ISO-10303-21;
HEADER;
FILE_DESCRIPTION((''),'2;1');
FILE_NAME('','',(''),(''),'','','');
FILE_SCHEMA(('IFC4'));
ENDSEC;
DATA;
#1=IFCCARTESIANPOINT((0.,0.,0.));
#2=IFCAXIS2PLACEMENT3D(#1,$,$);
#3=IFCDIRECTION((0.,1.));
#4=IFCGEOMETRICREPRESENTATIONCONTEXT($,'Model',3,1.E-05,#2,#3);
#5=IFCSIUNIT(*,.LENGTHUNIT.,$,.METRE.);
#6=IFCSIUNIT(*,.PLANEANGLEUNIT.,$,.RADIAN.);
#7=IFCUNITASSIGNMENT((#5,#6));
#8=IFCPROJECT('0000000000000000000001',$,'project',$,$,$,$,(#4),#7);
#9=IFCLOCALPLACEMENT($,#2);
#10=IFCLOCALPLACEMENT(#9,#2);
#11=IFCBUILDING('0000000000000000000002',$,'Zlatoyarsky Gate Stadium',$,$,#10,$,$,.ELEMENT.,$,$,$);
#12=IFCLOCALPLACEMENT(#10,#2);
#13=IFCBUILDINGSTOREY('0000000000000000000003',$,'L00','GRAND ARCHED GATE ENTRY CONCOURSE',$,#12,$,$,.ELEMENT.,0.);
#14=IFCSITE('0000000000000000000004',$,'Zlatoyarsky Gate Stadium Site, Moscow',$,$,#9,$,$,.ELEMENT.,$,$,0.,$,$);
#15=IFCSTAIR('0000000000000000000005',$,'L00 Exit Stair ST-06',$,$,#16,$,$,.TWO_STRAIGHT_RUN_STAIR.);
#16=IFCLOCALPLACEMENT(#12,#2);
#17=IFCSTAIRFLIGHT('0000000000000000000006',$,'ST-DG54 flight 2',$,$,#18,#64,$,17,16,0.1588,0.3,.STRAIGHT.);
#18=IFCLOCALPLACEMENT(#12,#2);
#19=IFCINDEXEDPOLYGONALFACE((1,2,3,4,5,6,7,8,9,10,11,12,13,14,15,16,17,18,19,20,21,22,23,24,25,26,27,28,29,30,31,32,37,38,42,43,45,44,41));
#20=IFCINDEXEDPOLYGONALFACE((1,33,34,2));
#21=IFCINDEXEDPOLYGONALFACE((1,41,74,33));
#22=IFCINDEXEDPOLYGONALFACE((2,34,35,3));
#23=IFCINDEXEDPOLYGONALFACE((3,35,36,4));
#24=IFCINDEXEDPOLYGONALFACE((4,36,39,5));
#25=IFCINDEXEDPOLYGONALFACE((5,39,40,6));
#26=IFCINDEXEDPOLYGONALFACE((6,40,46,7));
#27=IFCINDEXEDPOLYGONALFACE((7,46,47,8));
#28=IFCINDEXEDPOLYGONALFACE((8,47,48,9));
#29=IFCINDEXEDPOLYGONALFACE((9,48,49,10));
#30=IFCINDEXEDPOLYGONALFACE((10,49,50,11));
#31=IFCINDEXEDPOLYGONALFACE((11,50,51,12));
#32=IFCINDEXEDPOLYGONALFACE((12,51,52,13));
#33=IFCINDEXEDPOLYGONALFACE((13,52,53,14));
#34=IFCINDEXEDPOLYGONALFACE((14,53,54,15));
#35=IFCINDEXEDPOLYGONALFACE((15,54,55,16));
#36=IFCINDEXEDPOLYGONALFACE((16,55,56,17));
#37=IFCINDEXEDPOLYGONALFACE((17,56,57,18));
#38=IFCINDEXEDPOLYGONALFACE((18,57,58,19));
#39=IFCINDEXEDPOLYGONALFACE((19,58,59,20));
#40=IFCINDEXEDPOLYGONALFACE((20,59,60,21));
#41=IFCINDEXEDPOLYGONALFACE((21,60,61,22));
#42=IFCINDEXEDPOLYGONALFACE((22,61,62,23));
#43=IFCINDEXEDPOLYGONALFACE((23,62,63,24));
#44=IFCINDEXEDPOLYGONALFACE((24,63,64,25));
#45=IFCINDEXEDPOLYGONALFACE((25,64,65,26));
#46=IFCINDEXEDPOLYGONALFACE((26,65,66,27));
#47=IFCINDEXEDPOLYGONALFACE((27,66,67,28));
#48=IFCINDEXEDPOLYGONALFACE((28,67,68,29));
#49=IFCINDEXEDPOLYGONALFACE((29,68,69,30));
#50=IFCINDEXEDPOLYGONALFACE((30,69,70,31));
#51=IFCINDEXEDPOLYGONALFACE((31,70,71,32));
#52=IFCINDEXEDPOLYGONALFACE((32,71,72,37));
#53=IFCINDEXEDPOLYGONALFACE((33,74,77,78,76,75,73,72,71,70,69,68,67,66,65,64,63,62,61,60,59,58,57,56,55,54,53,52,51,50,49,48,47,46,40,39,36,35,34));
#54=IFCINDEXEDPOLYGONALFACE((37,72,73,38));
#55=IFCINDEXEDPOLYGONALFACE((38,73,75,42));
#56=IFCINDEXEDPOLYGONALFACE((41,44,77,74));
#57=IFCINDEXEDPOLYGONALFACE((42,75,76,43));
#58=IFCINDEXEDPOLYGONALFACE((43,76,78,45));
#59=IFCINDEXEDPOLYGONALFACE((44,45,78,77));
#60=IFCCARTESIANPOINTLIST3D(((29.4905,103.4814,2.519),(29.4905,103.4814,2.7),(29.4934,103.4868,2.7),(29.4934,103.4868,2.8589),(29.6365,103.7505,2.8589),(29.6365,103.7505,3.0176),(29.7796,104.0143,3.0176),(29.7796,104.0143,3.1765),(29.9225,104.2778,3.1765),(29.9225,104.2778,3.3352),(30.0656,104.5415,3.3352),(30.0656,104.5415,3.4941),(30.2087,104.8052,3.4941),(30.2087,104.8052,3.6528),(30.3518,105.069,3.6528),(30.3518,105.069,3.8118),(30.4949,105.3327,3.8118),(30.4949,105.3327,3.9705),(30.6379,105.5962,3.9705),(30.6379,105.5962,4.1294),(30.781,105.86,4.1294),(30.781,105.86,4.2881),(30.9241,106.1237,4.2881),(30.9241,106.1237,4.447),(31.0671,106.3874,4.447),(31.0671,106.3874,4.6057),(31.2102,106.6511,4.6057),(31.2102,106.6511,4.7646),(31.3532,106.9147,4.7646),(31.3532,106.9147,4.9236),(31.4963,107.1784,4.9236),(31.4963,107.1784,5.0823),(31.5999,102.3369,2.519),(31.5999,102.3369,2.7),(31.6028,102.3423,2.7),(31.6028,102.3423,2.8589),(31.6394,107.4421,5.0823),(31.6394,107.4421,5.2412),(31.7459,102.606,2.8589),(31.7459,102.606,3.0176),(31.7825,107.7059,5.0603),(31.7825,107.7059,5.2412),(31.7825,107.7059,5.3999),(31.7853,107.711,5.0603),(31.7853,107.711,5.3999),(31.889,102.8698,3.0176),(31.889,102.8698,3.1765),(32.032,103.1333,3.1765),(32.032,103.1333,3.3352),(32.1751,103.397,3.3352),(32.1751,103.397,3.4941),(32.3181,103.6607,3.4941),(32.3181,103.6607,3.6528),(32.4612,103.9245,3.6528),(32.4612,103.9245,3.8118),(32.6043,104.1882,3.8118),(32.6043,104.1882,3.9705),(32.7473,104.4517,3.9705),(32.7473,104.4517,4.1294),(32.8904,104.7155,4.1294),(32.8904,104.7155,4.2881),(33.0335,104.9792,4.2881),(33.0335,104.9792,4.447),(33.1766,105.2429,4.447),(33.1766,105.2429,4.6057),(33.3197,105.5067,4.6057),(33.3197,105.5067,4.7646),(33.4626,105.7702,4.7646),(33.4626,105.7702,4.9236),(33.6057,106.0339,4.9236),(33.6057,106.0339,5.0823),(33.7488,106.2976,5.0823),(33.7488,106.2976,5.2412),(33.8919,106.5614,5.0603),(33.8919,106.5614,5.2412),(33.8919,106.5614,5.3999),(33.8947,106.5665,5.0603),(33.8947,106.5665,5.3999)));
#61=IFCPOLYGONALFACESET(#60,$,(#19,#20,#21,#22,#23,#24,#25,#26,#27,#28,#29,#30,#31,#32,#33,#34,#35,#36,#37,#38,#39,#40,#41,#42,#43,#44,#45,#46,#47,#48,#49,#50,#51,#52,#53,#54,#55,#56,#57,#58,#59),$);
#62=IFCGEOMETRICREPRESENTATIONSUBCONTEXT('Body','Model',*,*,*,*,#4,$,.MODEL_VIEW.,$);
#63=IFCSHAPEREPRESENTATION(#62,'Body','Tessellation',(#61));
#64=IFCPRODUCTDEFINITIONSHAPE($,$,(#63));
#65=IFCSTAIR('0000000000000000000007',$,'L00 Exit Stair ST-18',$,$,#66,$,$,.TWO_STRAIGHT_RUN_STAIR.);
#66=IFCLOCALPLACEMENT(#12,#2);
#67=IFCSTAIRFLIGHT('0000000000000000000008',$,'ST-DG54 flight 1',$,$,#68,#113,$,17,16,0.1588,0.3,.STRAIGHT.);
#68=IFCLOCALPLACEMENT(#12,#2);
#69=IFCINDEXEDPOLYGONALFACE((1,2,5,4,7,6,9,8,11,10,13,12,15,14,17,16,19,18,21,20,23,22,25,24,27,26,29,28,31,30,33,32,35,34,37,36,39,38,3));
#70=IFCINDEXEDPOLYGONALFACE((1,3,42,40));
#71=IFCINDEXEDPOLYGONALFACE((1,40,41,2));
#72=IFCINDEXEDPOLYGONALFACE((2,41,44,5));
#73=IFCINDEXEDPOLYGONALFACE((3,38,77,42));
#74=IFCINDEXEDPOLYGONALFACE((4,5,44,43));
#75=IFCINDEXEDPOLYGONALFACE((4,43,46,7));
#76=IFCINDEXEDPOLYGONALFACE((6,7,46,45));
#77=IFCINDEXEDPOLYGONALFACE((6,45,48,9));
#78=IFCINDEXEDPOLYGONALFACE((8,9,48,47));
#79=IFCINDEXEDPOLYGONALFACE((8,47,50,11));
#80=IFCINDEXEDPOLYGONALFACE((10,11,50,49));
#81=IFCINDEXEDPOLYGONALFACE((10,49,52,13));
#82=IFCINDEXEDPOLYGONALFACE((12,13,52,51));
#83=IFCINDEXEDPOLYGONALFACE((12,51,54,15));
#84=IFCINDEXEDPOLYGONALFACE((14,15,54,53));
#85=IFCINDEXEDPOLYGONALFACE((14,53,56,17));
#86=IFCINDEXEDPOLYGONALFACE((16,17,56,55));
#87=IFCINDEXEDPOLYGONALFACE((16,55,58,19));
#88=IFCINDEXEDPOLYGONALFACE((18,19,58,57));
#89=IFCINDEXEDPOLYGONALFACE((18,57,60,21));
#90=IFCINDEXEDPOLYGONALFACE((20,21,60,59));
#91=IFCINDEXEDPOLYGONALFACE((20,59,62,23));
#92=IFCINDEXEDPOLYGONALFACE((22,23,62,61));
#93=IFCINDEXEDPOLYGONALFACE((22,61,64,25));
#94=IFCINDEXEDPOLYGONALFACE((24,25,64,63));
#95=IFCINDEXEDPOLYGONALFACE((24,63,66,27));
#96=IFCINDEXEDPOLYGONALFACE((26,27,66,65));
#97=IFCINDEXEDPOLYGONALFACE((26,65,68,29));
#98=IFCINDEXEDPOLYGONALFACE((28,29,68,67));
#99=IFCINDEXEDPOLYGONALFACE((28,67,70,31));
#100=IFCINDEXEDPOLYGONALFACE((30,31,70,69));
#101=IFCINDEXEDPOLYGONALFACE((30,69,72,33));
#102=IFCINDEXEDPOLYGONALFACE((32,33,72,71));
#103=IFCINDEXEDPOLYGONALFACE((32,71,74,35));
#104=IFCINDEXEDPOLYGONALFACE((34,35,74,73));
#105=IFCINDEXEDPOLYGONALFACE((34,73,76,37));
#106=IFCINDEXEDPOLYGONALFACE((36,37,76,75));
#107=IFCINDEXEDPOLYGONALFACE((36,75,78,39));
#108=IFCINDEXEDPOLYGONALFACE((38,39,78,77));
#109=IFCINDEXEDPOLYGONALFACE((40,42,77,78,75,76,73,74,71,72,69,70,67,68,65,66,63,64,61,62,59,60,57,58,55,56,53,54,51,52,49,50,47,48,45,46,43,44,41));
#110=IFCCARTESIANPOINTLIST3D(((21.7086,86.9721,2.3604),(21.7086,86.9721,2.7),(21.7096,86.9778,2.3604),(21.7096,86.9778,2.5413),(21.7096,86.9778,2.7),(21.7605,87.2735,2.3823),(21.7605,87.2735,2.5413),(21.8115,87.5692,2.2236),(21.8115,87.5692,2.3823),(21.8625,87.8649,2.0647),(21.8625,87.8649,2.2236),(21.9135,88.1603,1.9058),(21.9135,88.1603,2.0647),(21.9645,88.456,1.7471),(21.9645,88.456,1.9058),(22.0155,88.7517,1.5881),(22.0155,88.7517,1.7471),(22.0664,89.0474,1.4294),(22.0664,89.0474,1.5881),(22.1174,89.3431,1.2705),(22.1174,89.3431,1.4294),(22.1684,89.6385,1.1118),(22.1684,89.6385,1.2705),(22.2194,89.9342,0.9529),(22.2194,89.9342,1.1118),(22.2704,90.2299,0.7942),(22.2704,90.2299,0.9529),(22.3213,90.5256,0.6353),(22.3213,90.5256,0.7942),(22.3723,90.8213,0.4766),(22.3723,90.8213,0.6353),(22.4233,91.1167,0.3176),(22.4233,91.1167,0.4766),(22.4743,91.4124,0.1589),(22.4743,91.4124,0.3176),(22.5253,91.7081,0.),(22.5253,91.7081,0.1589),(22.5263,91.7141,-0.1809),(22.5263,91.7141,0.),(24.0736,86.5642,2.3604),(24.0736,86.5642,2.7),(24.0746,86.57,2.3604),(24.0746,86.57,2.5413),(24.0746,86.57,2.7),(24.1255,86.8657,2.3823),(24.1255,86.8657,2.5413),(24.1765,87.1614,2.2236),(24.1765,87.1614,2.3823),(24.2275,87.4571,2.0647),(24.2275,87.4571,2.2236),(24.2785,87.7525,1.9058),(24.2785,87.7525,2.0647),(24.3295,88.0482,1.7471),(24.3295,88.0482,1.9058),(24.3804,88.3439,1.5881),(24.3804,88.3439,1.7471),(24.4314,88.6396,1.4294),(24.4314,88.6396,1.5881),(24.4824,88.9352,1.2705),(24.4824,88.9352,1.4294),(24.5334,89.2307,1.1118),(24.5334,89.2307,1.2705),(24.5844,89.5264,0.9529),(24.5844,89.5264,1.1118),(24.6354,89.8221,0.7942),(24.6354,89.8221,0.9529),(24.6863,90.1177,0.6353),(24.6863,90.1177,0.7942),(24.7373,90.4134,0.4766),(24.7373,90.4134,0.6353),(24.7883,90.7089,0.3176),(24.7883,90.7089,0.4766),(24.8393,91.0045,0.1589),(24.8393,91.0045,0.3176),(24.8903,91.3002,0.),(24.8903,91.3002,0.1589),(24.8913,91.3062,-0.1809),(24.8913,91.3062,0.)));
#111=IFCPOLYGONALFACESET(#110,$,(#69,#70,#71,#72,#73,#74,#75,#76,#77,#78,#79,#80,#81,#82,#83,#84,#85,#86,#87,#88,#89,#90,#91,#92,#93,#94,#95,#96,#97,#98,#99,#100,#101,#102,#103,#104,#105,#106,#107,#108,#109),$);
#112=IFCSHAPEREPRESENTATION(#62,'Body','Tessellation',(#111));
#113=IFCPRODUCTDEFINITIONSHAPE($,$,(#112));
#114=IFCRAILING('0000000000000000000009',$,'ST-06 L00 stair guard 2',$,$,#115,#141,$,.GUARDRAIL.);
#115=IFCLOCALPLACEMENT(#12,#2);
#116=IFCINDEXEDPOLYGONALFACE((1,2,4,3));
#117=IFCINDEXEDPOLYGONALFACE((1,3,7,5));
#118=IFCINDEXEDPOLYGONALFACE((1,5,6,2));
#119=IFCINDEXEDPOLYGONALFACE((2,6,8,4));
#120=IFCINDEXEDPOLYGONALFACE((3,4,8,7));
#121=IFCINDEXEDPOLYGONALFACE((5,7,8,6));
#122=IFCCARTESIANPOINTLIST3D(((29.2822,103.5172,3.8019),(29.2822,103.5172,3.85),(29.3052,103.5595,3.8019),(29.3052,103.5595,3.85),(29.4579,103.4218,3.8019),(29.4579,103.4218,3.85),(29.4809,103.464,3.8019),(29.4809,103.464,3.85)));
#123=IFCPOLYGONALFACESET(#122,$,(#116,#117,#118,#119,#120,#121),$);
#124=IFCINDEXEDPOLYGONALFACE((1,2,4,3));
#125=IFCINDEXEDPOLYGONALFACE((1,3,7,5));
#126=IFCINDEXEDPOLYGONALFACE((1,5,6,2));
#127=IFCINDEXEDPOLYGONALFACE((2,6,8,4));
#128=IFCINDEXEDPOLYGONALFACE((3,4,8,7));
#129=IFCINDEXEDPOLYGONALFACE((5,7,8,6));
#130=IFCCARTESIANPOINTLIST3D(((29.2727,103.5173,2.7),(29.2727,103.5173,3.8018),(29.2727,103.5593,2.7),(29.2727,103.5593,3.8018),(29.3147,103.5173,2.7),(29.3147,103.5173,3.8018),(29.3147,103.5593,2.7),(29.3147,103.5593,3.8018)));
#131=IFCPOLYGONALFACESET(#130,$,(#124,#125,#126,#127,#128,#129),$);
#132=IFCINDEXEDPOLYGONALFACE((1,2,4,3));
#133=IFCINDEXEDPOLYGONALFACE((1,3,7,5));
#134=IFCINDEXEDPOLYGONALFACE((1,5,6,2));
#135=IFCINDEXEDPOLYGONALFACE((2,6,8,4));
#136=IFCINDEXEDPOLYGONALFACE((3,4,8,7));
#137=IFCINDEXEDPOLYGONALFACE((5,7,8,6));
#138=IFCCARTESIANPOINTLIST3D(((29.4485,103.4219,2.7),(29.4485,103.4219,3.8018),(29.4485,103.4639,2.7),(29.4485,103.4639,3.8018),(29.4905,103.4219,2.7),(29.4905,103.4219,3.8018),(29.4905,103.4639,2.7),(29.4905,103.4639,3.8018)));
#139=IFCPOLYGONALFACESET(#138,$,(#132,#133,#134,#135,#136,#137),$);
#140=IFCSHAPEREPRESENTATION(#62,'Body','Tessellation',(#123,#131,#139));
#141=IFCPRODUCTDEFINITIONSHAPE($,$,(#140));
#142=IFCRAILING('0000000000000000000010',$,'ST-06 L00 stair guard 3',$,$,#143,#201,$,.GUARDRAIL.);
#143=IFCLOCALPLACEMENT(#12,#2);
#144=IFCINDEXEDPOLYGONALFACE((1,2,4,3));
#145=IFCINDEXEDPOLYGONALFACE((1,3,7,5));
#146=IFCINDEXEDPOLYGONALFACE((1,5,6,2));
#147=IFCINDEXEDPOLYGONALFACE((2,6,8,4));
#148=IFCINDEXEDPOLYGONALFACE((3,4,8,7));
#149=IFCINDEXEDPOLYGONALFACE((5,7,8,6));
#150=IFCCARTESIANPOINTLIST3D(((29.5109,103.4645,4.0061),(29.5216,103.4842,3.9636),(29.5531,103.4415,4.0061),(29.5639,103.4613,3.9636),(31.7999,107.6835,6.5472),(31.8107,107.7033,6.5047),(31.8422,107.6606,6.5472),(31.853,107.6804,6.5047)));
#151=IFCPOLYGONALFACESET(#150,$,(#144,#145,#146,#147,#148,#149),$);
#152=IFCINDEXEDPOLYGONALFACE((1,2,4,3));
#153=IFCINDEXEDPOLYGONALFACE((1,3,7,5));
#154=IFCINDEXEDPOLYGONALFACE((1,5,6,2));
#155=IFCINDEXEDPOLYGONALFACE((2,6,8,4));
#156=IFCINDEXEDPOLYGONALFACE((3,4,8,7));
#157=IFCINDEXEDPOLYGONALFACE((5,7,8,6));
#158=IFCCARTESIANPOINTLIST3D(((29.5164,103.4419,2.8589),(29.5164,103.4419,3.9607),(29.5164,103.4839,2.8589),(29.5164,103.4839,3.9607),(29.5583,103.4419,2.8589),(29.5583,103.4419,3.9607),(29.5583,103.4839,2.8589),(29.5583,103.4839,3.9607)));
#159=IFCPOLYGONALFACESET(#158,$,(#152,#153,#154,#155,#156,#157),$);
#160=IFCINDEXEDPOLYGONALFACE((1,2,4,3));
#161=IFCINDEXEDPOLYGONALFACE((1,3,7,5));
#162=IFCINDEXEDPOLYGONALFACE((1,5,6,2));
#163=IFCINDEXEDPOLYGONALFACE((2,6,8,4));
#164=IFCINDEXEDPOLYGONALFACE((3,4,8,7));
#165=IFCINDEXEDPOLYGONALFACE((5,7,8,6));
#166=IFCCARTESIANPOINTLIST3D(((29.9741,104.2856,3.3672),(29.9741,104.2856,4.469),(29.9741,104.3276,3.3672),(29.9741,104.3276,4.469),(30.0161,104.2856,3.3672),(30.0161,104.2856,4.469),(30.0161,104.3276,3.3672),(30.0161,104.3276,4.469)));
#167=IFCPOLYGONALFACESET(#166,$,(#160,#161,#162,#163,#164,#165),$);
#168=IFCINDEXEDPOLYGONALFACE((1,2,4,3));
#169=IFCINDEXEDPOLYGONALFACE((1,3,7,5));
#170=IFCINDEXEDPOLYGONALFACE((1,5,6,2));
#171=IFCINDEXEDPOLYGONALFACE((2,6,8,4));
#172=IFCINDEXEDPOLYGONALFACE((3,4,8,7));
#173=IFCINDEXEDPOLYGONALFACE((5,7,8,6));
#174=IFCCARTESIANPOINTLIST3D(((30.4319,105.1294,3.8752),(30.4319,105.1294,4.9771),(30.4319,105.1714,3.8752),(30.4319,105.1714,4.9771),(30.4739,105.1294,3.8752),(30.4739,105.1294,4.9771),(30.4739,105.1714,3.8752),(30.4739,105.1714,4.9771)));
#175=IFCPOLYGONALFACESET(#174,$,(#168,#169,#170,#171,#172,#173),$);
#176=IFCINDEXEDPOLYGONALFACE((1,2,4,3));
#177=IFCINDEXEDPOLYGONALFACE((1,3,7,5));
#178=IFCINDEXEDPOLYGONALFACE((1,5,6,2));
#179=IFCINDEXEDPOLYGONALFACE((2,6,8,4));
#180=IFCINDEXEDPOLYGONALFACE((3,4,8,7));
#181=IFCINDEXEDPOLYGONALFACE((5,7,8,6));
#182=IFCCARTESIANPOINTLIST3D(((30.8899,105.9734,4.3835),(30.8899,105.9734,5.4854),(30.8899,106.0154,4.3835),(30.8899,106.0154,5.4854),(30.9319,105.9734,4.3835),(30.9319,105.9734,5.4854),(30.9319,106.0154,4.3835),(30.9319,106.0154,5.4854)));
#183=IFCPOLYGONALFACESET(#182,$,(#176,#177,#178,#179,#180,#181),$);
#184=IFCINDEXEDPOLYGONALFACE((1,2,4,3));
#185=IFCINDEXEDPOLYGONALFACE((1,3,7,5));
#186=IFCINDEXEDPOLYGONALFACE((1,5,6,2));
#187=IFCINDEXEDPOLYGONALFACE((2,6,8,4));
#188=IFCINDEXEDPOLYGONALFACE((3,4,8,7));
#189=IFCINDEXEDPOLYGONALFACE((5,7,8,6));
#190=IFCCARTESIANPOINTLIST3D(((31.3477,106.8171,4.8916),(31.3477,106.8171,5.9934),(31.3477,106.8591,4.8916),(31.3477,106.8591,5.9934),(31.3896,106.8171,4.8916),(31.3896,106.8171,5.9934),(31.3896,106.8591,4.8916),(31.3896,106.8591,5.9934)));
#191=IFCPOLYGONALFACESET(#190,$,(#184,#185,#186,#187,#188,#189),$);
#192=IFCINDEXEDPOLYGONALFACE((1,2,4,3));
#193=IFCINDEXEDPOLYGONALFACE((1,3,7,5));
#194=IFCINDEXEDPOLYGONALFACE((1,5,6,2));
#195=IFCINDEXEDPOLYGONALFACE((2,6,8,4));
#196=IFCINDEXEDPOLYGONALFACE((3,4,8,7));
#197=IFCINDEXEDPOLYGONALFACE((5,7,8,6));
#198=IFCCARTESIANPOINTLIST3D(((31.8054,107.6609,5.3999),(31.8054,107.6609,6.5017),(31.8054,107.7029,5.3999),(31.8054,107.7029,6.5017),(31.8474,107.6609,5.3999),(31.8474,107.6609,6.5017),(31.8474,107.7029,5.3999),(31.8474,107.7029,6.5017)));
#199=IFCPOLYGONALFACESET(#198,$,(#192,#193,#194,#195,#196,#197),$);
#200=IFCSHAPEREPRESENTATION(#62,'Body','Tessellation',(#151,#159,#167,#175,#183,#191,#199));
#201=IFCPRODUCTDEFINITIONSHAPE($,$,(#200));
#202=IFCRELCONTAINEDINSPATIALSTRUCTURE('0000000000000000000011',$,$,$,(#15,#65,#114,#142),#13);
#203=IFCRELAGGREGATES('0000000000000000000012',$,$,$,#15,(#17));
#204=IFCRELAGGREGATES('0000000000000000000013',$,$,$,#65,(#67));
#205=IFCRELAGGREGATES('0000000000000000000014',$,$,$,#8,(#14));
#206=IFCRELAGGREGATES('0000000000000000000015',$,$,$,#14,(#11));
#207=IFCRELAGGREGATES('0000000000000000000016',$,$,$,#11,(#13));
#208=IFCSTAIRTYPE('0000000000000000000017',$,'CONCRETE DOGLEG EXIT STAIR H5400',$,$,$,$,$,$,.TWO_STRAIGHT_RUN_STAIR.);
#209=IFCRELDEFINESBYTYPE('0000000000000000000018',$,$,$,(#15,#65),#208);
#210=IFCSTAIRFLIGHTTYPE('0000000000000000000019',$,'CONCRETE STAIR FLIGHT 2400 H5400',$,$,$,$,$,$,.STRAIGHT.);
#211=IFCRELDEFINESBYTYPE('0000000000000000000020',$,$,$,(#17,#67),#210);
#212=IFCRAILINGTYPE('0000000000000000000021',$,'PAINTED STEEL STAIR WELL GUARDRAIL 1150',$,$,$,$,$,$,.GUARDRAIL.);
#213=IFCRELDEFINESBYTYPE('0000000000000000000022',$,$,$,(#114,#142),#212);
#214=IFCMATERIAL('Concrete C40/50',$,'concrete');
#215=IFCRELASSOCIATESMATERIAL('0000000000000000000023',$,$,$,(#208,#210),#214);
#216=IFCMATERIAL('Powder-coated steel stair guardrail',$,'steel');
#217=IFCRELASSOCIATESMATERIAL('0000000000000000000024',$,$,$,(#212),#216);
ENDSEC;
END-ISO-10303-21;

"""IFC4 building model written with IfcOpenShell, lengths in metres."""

from ifc_helpers import new_model, si_unit, direction, frame, origin, origin_2d, place, context, subcontext, project, spatial, polyline, rectangle, outline, extrude, material, type_object, element, aggregate, save


model = new_model("IFC4")

# Units and contexts
model_context = context("Model", 3, precision=1e-05, world=origin(), true_north=direction((0.0, 1.0)))
body_context = subcontext(model_context, "Body", "Model", "MODEL_VIEW")
ifc_project = project(units=[si_unit("LENGTHUNIT", "METRE"), si_unit("PLANEANGLEUNIT", "RADIAN")], contexts=[model_context])

# Site, building, storey
site_placement = place(None, origin())
site = spatial("IfcSite", under=ifc_project, at=site_placement, Name="Zlatoyarsky Gate Stadium Site, Moscow", CompositionType="ELEMENT", RefElevation=0.0)
building_placement = place(site_placement, origin())
building = spatial("IfcBuilding", under=site, at=building_placement, Name="Zlatoyarsky Gate Stadium", CompositionType="ELEMENT")
storey_placement = place(building_placement, origin())
storey = spatial("IfcBuildingStorey", under=building, at=storey_placement, Name="L00", Description="GRAND ARCHED GATE ENTRY CONCOURSE", CompositionType="ELEMENT", Elevation=0.0)

# Shared definitions
ifc_material_1 = material(Name="Concrete C40/50", Category="concrete")

# Stairs, stair flights
stair_type = type_object("IfcStairType", Name="CONCRETE DOGLEG EXIT STAIR H5400", PredefinedType="TWO_STRAIGHT_RUN_STAIR", material=ifc_material_1)
stair_1_placement = place(storey_placement, origin())
stair_1 = element("IfcStair", 1, at=stair_1_placement, inside=storey, type_object=stair_type, Name="L00 Exit Stair ST-06", PredefinedType="TWO_STRAIGHT_RUN_STAIR")
stair_flight_type = type_object("IfcStairFlightType", Name="CONCRETE STAIR FLIGHT 2400 H5400", PredefinedType="STRAIGHT", material=ifc_material_1)
stair_flight_1_placement = place(storey_placement, frame((30.5481, 102.9146, 2.7), z_axis=(0.0, 0.0, 1.0), x_axis=(0.47689, 0.878963, 0.0)))
stair_flight_1 = element("IfcStairFlight", 2, at=stair_flight_1_placement, type_object=stair_flight_type, Name="ST-DG54 flight 2", NumberOfRisers=17, NumberOfTreads=16, PredefinedType="STRAIGHT", RiserHeight=0.1588, TreadLength=0.3, context=body_context, shape_type="SweptSolid", body=[
    extrude(outline(polyline([(-0.0061, -0.1809), (-0.0061, 0.0), (0.0, 0.0), (0.0, 0.1589), (0.3, 0.1589), (0.3, 0.3176), (0.6001, 0.3176), (0.6001, 0.4766), (0.8999, 0.4766), (0.8999, 0.6353), (1.2, 0.6353), (1.2, 0.7942), (1.5, 0.7942), (1.5, 0.9529), (1.8, 0.9529), (1.8, 1.1118), (2.1001, 1.1118), (2.1001, 1.2705), (2.3999, 1.2705), (2.3999, 1.4294), (2.7, 1.4294), (2.7, 1.5881), (3.0, 1.5881), (3.0, 1.7471), (3.3, 1.7471), (3.3, 1.9058), (3.6001, 1.9058), (3.6001, 2.0647), (3.8999, 2.0647), (3.8999, 2.2236), (4.2, 2.2236), (4.2, 2.3823), (4.5, 2.3823), (4.5, 2.5413), (4.8, 2.5413), (4.8, 2.7), (4.8059, 2.7), (4.8059, 2.3604), (4.8, 2.3604), (-0.0061, -0.1809)])), frame((0.0, 1.2, 0.0), z_axis=(0.0, -1.0, 0.0), x_axis=(1.0, 0.0, 0.0)), (0.0, 0.0, 1.0), 2.3999),
])
aggregate(stair_1, [stair_flight_1])
stair_2_placement = place(storey_placement, origin())
stair_2 = element("IfcStair", 3, at=stair_2_placement, inside=storey, type_object=stair_type, Name="L00 Exit Stair ST-18", PredefinedType="TWO_STRAIGHT_RUN_STAIR")
stair_flight_2_placement = place(storey_placement, frame((23.7078, 91.5042, 0.0), z_axis=(0.0, 0.0, 1.0), x_axis=(-0.169938, -0.985455, 0.0)))
stair_flight_2 = element("IfcStairFlight", 4, at=stair_flight_2_placement, type_object=stair_flight_type, Name="ST-DG54 flight 1", NumberOfRisers=17, NumberOfTreads=16, PredefinedType="STRAIGHT", RiserHeight=0.1588, TreadLength=0.3, context=body_context, shape_type="SweptSolid", body=[
    extrude(outline(polyline([(-0.0061, -0.1809), (-0.0061, 0.0), (0.0, 0.0), (0.0, 0.1589), (0.3, 0.1589), (0.3, 0.3176), (0.6001, 0.3176), (0.6001, 0.4766), (0.8999, 0.4766), (0.8999, 0.6353), (1.2, 0.6353), (1.2, 0.7942), (1.5, 0.7942), (1.5, 0.9529), (1.8, 0.9529), (1.8, 1.1118), (2.1001, 1.1118), (2.1001, 1.2705), (2.3999, 1.2705), (2.3999, 1.4294), (2.7, 1.4294), (2.7, 1.5881), (3.0, 1.5881), (3.0, 1.7471), (3.3, 1.7471), (3.3, 1.9058), (3.6001, 1.9058), (3.6001, 2.0647), (3.8999, 2.0647), (3.8999, 2.2236), (4.2, 2.2236), (4.2, 2.3823), (4.5, 2.3823), (4.5, 2.5413), (4.8, 2.5413), (4.8, 2.7), (4.8059, 2.7), (4.8059, 2.3604), (4.8, 2.3604), (-0.0061, -0.1809)])), frame((0.0, 1.2, 0.0), z_axis=(0.0, -1.0, 0.0), x_axis=(1.0, 0.0, 0.0)), (0.0, 0.0, 1.0), 2.3999),
])
aggregate(stair_2, [stair_flight_2])

# Railings
ifc_material_2 = material(Name="Powder-coated steel stair guardrail", Category="steel")
railing_type_1 = type_object("IfcRailingType", Name="PAINTED STEEL STAIR WELL GUARDRAIL 1150", PredefinedType="GUARDRAIL", material=ifc_material_2)
railing_1_placement = place(storey_placement, frame((29.2937, 103.5383, 2.7)))
element("IfcRailing", 5, at=railing_1_placement, inside=storey, type_object=railing_type_1, Name="ST-06 L00 stair guard 2", PredefinedType="GUARDRAIL", context=body_context, shape_type="SweptSolid", body=[
    extrude(rectangle(XDim=0.0481, YDim=0.0481, at=origin_2d()), frame((0.0, 0.0, 1.126), z_axis=(0.87878, -0.477227, 0.0), x_axis=(0.477227, 0.87878, 0.0)), (0.0, 0.0, 1.0), 0.2),
    extrude(rectangle(XDim=0.042, YDim=0.042, at=origin_2d()), origin(), (0.0, 0.0, 1.0), 1.1018),
    extrude(rectangle(XDim=0.042, YDim=0.042, at=origin_2d()), frame((0.1758, -0.0955, 0.0)), (0.0, 0.0, 1.0), 1.1018),
])
railing_2_placement = place(storey_placement, frame((29.5374, 103.4629, 2.8589)))
element("IfcRailing", 6, at=railing_2_placement, inside=storey, type_object=railing_type_1, Name="ST-06 L00 stair guard 3", PredefinedType="GUARDRAIL", context=body_context, shape_type="SweptSolid", body=[
    extrude(rectangle(XDim=0.0481, YDim=0.0481, at=origin_2d()), frame((0.0, 0.0, 1.126), z_axis=(0.421476, 0.776826, 0.467867), x_axis=(-0.878962, 0.476891, 0.0)), (0.0, 0.0, 1.0), 5.4312),
    extrude(rectangle(XDim=0.042, YDim=0.042, at=origin_2d()), origin(), (0.0, 0.0, 1.0), 1.1018),
    extrude(rectangle(XDim=0.042, YDim=0.042, at=origin_2d()), frame((0.4578, 0.8438, 0.5083)), (0.0, 0.0, 1.0), 1.1018),
    extrude(rectangle(XDim=0.042, YDim=0.042, at=origin_2d()), frame((0.9155, 1.6875, 1.0164)), (0.0, 0.0, 1.0), 1.1018),
    extrude(rectangle(XDim=0.042, YDim=0.042, at=origin_2d()), frame((1.3735, 2.5315, 1.5247)), (0.0, 0.0, 1.0), 1.1018),
    extrude(rectangle(XDim=0.042, YDim=0.042, at=origin_2d()), frame((1.8313, 3.3752, 2.0327)), (0.0, 0.0, 1.0), 1.1018),
    extrude(rectangle(XDim=0.042, YDim=0.042, at=origin_2d()), frame((2.2891, 4.219, 2.541)), (0.0, 0.0, 1.0), 1.1018),
])

save(model, "model.ifc")
